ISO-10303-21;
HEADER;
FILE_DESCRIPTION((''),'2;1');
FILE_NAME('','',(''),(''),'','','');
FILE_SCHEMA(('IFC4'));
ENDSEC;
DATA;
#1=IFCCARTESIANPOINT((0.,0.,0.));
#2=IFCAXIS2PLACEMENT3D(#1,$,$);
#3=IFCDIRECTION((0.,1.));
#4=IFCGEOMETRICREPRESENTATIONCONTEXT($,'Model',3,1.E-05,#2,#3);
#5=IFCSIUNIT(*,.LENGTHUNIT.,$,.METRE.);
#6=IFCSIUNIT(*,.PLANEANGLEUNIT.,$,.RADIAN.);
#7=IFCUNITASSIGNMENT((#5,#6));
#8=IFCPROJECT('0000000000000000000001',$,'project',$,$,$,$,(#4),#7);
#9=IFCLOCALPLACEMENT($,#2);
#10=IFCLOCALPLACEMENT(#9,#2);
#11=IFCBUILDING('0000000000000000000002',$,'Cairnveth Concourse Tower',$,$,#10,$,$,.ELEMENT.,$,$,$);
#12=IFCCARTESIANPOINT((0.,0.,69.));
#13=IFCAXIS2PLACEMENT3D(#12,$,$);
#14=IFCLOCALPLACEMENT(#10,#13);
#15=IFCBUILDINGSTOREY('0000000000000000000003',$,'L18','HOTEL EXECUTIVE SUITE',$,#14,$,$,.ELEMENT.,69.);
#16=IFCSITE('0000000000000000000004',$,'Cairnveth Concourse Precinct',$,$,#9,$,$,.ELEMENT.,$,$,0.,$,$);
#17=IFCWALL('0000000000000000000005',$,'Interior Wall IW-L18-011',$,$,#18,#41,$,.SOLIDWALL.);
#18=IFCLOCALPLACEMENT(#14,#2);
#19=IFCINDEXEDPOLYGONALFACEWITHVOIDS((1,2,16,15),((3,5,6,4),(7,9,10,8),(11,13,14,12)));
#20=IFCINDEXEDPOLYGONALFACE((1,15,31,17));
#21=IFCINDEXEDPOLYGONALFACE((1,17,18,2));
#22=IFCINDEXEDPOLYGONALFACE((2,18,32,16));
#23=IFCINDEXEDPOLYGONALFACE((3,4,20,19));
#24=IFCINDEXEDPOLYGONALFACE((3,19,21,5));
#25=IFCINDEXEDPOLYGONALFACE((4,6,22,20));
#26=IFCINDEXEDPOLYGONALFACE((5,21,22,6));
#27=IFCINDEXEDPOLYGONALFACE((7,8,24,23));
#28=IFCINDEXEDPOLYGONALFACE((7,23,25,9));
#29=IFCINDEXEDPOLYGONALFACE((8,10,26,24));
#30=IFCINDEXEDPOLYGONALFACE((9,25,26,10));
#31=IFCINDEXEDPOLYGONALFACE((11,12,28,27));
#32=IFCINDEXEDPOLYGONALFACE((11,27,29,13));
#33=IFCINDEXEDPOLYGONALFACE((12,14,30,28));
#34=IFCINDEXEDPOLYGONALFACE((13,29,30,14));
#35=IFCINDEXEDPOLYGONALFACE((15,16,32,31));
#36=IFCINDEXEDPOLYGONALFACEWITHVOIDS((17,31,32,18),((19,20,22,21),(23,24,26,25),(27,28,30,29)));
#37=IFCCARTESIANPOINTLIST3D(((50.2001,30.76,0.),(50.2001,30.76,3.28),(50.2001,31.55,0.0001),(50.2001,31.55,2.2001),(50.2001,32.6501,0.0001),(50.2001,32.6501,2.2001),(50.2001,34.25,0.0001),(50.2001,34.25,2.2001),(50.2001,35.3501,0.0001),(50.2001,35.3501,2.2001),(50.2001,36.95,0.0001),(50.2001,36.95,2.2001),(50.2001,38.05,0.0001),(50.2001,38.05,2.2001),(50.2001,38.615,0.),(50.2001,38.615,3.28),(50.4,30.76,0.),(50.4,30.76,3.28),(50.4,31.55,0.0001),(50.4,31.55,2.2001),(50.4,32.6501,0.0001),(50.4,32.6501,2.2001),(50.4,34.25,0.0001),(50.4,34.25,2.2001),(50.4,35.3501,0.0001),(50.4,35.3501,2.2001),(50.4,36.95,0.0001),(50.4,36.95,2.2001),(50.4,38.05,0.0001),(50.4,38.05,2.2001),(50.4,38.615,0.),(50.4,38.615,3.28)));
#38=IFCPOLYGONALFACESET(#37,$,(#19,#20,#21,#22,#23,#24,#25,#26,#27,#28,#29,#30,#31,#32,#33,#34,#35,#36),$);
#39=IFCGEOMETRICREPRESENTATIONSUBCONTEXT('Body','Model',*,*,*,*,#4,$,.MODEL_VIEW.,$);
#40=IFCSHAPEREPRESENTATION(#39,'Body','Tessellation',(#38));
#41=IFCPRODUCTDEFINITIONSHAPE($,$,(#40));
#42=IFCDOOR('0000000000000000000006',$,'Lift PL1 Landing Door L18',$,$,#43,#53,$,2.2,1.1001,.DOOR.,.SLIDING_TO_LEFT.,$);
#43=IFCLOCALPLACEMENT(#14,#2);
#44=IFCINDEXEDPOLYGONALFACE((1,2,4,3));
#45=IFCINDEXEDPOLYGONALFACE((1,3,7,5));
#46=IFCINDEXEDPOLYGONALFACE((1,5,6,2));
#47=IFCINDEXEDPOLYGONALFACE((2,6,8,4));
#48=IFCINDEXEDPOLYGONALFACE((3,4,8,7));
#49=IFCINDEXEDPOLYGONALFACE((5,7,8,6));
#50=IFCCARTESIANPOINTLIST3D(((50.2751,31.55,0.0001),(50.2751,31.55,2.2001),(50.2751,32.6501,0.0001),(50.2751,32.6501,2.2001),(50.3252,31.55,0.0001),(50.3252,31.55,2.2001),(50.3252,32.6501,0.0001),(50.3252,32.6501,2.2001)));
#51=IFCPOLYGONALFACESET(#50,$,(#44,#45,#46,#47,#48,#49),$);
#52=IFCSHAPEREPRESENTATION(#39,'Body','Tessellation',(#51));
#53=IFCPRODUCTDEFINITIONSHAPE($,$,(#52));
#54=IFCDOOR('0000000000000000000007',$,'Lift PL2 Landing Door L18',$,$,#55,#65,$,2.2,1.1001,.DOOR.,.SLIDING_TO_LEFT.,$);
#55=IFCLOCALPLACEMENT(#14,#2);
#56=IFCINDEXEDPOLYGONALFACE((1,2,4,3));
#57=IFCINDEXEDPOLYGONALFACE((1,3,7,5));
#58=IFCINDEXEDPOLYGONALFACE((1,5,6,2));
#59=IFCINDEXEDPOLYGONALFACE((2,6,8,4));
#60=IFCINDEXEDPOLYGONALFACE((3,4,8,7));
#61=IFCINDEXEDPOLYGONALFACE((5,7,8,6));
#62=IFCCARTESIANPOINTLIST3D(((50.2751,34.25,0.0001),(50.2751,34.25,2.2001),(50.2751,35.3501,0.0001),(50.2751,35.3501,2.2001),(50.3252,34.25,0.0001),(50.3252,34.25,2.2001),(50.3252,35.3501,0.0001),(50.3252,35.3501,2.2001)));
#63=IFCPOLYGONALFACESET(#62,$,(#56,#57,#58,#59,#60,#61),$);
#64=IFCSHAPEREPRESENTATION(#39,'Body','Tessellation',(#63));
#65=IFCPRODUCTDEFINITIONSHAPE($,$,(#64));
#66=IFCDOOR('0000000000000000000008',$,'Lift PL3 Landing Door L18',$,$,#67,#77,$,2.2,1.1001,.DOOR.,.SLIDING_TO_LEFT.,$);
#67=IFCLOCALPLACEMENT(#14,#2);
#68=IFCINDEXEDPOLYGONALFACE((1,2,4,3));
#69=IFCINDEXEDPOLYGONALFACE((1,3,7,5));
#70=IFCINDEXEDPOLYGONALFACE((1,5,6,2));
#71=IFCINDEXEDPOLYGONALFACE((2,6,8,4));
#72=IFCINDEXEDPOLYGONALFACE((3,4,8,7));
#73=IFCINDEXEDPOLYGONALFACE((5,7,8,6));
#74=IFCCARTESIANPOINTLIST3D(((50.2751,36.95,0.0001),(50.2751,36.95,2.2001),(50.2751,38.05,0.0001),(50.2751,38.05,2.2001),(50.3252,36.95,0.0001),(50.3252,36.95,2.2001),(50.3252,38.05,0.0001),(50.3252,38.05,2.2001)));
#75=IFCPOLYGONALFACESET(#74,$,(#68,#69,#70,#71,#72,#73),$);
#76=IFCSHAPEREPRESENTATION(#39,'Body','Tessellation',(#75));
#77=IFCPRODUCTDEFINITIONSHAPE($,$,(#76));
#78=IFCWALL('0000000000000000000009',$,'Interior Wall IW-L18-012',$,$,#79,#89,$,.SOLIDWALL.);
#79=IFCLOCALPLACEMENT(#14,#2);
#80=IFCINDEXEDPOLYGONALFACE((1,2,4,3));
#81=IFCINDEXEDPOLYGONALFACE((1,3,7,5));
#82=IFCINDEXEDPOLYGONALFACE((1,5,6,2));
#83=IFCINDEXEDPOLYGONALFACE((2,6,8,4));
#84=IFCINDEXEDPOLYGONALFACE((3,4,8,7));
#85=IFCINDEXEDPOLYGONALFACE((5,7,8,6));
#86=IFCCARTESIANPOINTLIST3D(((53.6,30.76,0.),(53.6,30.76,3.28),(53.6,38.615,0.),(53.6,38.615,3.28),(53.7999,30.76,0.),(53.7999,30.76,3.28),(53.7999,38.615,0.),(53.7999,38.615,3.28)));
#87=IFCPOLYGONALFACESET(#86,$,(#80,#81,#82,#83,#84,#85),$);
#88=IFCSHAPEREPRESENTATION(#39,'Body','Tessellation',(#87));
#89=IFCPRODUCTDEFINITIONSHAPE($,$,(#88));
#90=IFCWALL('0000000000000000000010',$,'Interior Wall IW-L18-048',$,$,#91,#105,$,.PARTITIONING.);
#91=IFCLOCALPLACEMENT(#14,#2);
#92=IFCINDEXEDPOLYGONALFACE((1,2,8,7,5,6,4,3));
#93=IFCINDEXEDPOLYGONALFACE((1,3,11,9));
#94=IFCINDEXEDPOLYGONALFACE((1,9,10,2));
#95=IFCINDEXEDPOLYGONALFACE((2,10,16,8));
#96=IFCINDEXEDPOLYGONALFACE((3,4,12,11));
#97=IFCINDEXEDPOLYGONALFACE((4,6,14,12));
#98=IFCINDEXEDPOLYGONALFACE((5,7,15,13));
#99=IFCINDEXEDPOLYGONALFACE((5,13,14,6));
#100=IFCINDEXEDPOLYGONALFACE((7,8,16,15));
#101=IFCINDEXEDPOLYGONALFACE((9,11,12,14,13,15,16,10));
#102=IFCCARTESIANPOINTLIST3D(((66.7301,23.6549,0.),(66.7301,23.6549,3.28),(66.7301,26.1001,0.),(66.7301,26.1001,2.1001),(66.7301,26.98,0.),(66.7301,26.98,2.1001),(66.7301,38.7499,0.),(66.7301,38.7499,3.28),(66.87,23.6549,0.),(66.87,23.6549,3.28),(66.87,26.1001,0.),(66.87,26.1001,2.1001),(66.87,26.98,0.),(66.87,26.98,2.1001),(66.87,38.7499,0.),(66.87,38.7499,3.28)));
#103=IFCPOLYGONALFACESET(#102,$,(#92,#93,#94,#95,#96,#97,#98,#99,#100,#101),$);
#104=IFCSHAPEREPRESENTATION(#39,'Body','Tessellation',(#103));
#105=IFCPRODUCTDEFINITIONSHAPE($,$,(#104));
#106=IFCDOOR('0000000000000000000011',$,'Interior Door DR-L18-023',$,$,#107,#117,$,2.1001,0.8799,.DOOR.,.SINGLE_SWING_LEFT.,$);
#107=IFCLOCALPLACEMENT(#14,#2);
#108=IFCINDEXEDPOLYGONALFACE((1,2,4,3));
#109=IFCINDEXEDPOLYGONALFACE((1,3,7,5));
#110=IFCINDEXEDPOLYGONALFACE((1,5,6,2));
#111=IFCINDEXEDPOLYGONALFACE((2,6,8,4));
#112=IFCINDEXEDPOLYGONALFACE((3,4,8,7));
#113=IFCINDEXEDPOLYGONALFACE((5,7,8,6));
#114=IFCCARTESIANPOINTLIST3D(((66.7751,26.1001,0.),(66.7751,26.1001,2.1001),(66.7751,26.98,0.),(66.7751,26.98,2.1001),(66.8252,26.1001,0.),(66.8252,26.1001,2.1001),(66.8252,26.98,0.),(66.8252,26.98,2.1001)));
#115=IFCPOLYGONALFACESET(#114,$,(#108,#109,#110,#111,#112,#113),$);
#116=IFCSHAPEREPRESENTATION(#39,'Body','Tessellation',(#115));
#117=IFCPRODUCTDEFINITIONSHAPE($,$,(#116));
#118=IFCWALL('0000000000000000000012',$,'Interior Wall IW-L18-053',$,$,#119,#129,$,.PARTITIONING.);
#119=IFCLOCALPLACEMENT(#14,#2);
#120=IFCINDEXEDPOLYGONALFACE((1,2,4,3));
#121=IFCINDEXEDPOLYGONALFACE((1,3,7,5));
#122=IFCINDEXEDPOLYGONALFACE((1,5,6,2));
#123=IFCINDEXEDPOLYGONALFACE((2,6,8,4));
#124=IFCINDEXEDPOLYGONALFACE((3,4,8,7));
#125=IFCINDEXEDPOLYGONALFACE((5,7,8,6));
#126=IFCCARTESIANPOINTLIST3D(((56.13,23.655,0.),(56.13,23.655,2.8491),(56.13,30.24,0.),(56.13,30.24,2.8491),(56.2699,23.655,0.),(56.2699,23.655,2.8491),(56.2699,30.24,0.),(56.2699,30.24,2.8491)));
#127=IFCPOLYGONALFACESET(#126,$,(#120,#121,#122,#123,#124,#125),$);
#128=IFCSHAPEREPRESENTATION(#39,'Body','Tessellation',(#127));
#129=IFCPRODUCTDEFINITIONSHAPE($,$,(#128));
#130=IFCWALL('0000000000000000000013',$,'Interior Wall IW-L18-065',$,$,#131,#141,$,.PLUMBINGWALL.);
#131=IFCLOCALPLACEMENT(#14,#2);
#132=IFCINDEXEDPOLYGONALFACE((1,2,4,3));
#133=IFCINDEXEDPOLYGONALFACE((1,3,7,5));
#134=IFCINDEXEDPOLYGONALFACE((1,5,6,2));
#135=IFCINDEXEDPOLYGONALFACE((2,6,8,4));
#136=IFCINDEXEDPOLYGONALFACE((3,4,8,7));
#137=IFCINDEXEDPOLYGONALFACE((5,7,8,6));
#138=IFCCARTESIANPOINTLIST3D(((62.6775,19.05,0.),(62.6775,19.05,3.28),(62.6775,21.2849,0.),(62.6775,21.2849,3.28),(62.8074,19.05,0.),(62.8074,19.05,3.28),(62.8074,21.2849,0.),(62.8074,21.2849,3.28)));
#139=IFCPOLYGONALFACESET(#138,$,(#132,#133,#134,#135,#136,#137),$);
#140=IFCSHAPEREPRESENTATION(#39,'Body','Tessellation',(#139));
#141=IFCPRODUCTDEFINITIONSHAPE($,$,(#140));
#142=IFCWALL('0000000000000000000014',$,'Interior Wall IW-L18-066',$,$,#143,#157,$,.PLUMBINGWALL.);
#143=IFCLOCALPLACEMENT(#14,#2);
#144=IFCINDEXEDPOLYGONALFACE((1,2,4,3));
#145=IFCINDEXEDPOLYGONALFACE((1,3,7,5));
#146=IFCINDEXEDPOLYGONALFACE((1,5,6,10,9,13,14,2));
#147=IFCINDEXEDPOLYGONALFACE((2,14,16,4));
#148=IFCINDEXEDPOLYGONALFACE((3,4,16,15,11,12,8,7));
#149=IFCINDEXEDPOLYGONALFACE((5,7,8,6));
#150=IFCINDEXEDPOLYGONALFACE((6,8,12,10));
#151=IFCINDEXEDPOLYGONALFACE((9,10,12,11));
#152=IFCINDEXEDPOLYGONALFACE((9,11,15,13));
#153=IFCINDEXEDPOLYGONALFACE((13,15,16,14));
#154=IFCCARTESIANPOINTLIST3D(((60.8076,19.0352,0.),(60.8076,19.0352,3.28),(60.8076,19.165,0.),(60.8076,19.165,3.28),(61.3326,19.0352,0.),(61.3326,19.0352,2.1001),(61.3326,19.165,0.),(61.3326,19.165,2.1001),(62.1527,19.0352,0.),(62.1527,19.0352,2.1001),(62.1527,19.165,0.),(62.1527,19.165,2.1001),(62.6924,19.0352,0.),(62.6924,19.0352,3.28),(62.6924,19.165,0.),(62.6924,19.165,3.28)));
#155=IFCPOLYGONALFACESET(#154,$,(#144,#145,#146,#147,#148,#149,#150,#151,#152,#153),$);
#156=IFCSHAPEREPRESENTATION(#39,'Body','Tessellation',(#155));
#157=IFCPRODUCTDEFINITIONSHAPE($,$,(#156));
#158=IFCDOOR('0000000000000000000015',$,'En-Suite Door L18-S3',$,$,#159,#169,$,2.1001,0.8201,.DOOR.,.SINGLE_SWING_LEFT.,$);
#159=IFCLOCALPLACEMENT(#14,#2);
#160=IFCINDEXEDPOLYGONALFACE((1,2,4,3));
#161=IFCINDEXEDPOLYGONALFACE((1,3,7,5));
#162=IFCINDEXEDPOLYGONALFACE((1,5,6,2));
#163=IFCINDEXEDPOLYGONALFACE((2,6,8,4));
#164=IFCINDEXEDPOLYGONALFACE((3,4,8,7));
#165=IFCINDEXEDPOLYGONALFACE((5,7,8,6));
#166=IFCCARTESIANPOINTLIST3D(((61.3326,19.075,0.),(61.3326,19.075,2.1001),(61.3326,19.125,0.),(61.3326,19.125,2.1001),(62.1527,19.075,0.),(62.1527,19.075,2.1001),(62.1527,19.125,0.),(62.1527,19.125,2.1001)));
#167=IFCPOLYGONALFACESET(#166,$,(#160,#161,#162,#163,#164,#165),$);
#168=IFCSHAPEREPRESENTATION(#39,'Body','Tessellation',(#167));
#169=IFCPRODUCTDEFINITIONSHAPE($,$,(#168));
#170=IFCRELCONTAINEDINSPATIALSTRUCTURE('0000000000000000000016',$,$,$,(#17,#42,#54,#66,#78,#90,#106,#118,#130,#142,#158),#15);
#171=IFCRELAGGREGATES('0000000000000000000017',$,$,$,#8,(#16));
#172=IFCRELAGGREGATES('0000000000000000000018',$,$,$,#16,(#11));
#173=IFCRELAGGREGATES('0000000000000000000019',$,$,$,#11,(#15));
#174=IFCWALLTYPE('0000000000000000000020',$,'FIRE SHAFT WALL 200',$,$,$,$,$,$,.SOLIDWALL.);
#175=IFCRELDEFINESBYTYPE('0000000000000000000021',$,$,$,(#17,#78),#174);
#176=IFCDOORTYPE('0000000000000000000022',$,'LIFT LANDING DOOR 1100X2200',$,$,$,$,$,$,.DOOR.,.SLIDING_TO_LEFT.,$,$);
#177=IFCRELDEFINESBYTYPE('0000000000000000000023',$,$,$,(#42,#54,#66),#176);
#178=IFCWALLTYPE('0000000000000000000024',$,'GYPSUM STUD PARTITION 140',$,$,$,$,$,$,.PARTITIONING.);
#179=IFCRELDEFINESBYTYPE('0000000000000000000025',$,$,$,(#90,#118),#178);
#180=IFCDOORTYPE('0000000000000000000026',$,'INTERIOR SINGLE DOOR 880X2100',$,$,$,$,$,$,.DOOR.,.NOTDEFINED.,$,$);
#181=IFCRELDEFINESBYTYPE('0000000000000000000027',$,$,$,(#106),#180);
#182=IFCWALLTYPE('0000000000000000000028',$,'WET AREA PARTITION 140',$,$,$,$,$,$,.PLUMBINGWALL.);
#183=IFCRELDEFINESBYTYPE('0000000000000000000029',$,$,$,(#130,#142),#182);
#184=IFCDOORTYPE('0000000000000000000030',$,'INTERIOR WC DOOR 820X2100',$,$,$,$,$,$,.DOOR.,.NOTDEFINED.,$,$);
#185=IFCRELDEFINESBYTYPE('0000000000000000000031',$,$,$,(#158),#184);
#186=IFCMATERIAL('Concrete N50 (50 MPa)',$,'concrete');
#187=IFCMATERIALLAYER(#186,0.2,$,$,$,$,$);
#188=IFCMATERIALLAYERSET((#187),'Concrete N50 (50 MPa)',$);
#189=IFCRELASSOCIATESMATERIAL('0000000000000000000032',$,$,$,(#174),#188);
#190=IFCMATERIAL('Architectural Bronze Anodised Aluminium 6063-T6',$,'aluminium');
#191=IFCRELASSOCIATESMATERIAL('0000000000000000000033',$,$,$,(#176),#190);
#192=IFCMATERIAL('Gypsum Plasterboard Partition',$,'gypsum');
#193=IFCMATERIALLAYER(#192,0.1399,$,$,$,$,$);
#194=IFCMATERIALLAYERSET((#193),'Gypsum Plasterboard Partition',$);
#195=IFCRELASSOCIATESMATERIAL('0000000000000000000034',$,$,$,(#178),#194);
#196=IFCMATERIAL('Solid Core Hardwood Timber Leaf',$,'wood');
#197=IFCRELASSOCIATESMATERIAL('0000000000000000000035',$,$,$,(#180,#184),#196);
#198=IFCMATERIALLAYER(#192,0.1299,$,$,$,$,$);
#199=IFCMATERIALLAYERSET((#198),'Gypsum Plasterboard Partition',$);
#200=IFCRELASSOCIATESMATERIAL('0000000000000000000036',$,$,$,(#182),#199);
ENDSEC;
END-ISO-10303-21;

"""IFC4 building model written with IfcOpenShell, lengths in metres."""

from ifc_helpers import new_model, si_unit, direction, frame, frame_2d, origin, place, context, subcontext, project, spatial, rectangle, extrude, material, layer, layer_set, type_object, element, fill, save


model = new_model("IFC4")

# Units and contexts
model_context = context("Model", 3, precision=1e-05, world=origin(), true_north=direction((0.0, 1.0)))
body_context = subcontext(model_context, "Body", "Model", "MODEL_VIEW")
ifc_project = project(units=[si_unit("LENGTHUNIT", "METRE"), si_unit("PLANEANGLEUNIT", "RADIAN")], contexts=[model_context])

# Site, building, storey
site_placement = place(None, origin())
site = spatial("IfcSite", under=ifc_project, at=site_placement, Name="Cairnveth Concourse Precinct", CompositionType="ELEMENT", RefElevation=0.0)
building_placement = place(site_placement, origin())
building = spatial("IfcBuilding", under=site, at=building_placement, Name="Cairnveth Concourse Tower", CompositionType="ELEMENT")
storey_placement = place(building_placement, frame((0.0, 0.0, 69.0)))
storey = spatial("IfcBuildingStorey", under=building, at=storey_placement, Name="L18", Description="HOTEL EXECUTIVE SUITE", CompositionType="ELEMENT", Elevation=69.0)

# Shared definitions
ifc_material_1 = material(Name="Gypsum Plasterboard Partition", Category="gypsum")

# Wall, openings, doors
ifc_material_2 = material(Name="Concrete N50 (50 MPa)", Category="concrete")
ifc_layer_1 = layer(ifc_material_2, 0.2)
ifc_layer_set_1 = layer_set([ifc_layer_1], Name="Concrete N50 (50 MPa)")
wall_type_1 = type_object("IfcWallType", Name="FIRE SHAFT WALL 200", PredefinedType="SOLIDWALL", material=ifc_layer_set_1)
wall_1_placement = place(storey_placement, frame((50.3, 30.76, 0.0), z_axis=(0.0, 0.0, 1.0), x_axis=(0.0, 1.0, 0.0)))
wall_1 = element("IfcWall", 1, at=wall_1_placement, inside=storey, type_object=wall_type_1, Name="Interior Wall IW-L18-011", PredefinedType="SOLIDWALL", context=body_context, shape_type="SweptSolid", body=[
    extrude(rectangle(XDim=7.855, YDim=0.2, at=frame_2d((3.9275, 0.0))), origin(), (0.0, 0.0, 1.0), 3.28),
])
opening_1_placement = place(wall_1_placement, frame((0.79, 0.0, 0.0)))
opening_1 = element("IfcOpeningElement", 2, at=opening_1_placement, cuts=wall_1, PredefinedType="OPENING", context=body_context, shape_type="SweptSolid", body=[
    extrude(rectangle(XDim=1.1001, YDim=2.2, at=frame_2d((0.55, 1.1001))), frame((0.0, 0.1099, 0.0), z_axis=(0.0, -1.0, 0.0), x_axis=(1.0, 0.0, 0.0)), (0.0, 0.0, 1.0), 0.22),
])
opening_2_placement = place(wall_1_placement, frame((3.49, 0.0, 0.0)))
opening_2 = element("IfcOpeningElement", 3, at=opening_2_placement, cuts=wall_1, PredefinedType="OPENING", context=body_context, shape_type="SweptSolid", body=[
    extrude(rectangle(XDim=1.1001, YDim=2.2, at=frame_2d((0.55, 1.1001))), frame((0.0, 0.1099, 0.0), z_axis=(0.0, -1.0, 0.0), x_axis=(1.0, 0.0, 0.0)), (0.0, 0.0, 1.0), 0.22),
])
opening_3_placement = place(wall_1_placement, frame((6.1899, 0.0, 0.0)))
opening_3 = element("IfcOpeningElement", 4, at=opening_3_placement, cuts=wall_1, PredefinedType="OPENING", context=body_context, shape_type="SweptSolid", body=[
    extrude(rectangle(XDim=1.1001, YDim=2.2, at=frame_2d((0.55, 1.1001))), frame((0.0, 0.1099, 0.0), z_axis=(0.0, -1.0, 0.0), x_axis=(1.0, 0.0, 0.0)), (0.0, 0.0, 1.0), 0.22),
])
ifc_material_3 = material(Name="Architectural Bronze Anodised Aluminium 6063-T6", Category="aluminium")
door_type_1 = type_object("IfcDoorType", Name="LIFT LANDING DOOR 1100X2200", OperationType="SLIDING_TO_LEFT", PredefinedType="DOOR", material=ifc_material_3)
door_1_placement = place(opening_1_placement, origin())
door_1 = element("IfcDoor", 5, at=door_1_placement, inside=storey, type_object=door_type_1, Name="Lift PL1 Landing Door L18", OperationType="SLIDING_TO_LEFT", OverallHeight=2.2, OverallWidth=1.1001, PredefinedType="DOOR", context=body_context, shape_type="SweptSolid", body=[
    extrude(rectangle(XDim=1.1001, YDim=2.2, at=frame_2d((0.55, 1.1001))), frame((0.0, 0.0249, 0.0), z_axis=(0.0, -1.0, 0.0), x_axis=(1.0, 0.0, 0.0)), (0.0, 0.0, 1.0), 0.05),
])
fill(opening_1, door_1)
door_2_placement = place(opening_2_placement, origin())
door_2 = element("IfcDoor", 6, at=door_2_placement, inside=storey, type_object=door_type_1, Name="Lift PL2 Landing Door L18", OperationType="SLIDING_TO_LEFT", OverallHeight=2.2, OverallWidth=1.1001, PredefinedType="DOOR", context=body_context, shape_type="SweptSolid", body=[
    extrude(rectangle(XDim=1.1001, YDim=2.2, at=frame_2d((0.55, 1.1001))), frame((0.0, 0.0249, 0.0), z_axis=(0.0, -1.0, 0.0), x_axis=(1.0, 0.0, 0.0)), (0.0, 0.0, 1.0), 0.05),
])
fill(opening_2, door_2)
door_3_placement = place(opening_3_placement, origin())
door_3 = element("IfcDoor", 7, at=door_3_placement, inside=storey, type_object=door_type_1, Name="Lift PL3 Landing Door L18", OperationType="SLIDING_TO_LEFT", OverallHeight=2.2, OverallWidth=1.1001, PredefinedType="DOOR", context=body_context, shape_type="SweptSolid", body=[
    extrude(rectangle(XDim=1.1001, YDim=2.2, at=frame_2d((0.55, 1.1001))), frame((0.0, 0.0249, 0.0), z_axis=(0.0, -1.0, 0.0), x_axis=(1.0, 0.0, 0.0)), (0.0, 0.0, 1.0), 0.05),
])
fill(opening_3, door_3)

# Wall
wall_2_placement = place(storey_placement, frame((53.7, 30.76, 0.0), z_axis=(0.0, 0.0, 1.0), x_axis=(0.0, 1.0, 0.0)))
element("IfcWall", 8, at=wall_2_placement, inside=storey, type_object=wall_type_1, Name="Interior Wall IW-L18-012", PredefinedType="SOLIDWALL", context=body_context, shape_type="SweptSolid", body=[
    extrude(rectangle(XDim=7.855, YDim=0.2, at=frame_2d((3.9275, 0.0))), origin(), (0.0, 0.0, 1.0), 3.28),
])

# Wall, opening, door
ifc_layer_2 = layer(ifc_material_1, 0.1399)
ifc_layer_set_2 = layer_set([ifc_layer_2], Name="Gypsum Plasterboard Partition")
wall_type_2 = type_object("IfcWallType", Name="GYPSUM STUD PARTITION 140", PredefinedType="PARTITIONING", material=ifc_layer_set_2)
wall_3_placement = place(storey_placement, frame((66.8, 23.655, 0.0), z_axis=(0.0, 0.0, 1.0), x_axis=(0.0, 1.0, 0.0)))
wall_3 = element("IfcWall", 9, at=wall_3_placement, inside=storey, type_object=wall_type_2, Name="Interior Wall IW-L18-048", PredefinedType="PARTITIONING", context=body_context, shape_type="SweptSolid", body=[
    extrude(rectangle(XDim=15.095, YDim=0.1399, at=frame_2d((7.5474, 0.0))), origin(), (0.0, 0.0, 1.0), 3.28),
])
opening_4_placement = place(wall_3_placement, frame((2.4451, 0.0, 0.0)))
opening_4 = element("IfcOpeningElement", 10, at=opening_4_placement, cuts=wall_3, PredefinedType="OPENING", context=body_context, shape_type="SweptSolid", body=[
    extrude(rectangle(XDim=0.8799, YDim=2.1001, at=frame_2d((0.4399, 1.05))), frame((0.0, 0.0798, 0.0), z_axis=(0.0, -1.0, 0.0), x_axis=(1.0, 0.0, 0.0)), (0.0, 0.0, 1.0), 0.1599),
])
ifc_material_4 = material(Name="Solid Core Hardwood Timber Leaf", Category="wood")
door_type_2 = type_object("IfcDoorType", Name="INTERIOR SINGLE DOOR 880X2100", OperationType="NOTDEFINED", PredefinedType="DOOR", material=ifc_material_4)
door_4_placement = place(opening_4_placement, origin())
door_4 = element("IfcDoor", 11, at=door_4_placement, inside=storey, type_object=door_type_2, Name="Interior Door DR-L18-023", OperationType="SINGLE_SWING_LEFT", OverallHeight=2.1001, OverallWidth=0.8799, PredefinedType="DOOR", context=body_context, shape_type="SweptSolid", body=[
    extrude(rectangle(XDim=0.8799, YDim=2.1001, at=frame_2d((0.4399, 1.05))), frame((0.0, 0.0249, 0.0), z_axis=(0.0, -1.0, 0.0), x_axis=(1.0, 0.0, 0.0)), (0.0, 0.0, 1.0), 0.05),
])
fill(opening_4, door_4)

# Walls
wall_4_placement = place(storey_placement, frame((56.2, 23.655, 0.0), z_axis=(0.0, 0.0, 1.0), x_axis=(0.0, 1.0, 0.0)))
element("IfcWall", 12, at=wall_4_placement, inside=storey, type_object=wall_type_2, Name="Interior Wall IW-L18-053", PredefinedType="PARTITIONING", context=body_context, shape_type="SweptSolid", body=[
    extrude(rectangle(XDim=6.585, YDim=0.1399, at=frame_2d((3.2925, 0.0))), origin(), (0.0, 0.0, 1.0), 2.8491),
])
ifc_layer_3 = layer(ifc_material_1, 0.1299)
ifc_layer_set_3 = layer_set([ifc_layer_3], Name="Gypsum Plasterboard Partition")
wall_type_3 = type_object("IfcWallType", Name="WET AREA PARTITION 140", PredefinedType="PLUMBINGWALL", material=ifc_layer_set_3)
wall_5_placement = place(storey_placement, frame((62.7424, 19.05, 0.0), z_axis=(0.0, 0.0, 1.0), x_axis=(0.0, 1.0, 0.0)))
element("IfcWall", 13, at=wall_5_placement, inside=storey, type_object=wall_type_3, Name="Interior Wall IW-L18-065", PredefinedType="PLUMBINGWALL", context=body_context, shape_type="SweptSolid", body=[
    extrude(rectangle(XDim=2.2349, YDim=0.1299, at=frame_2d((1.1174, 0.0))), origin(), (0.0, 0.0, 1.0), 3.28),
])

# Wall, opening, door
wall_6_placement = place(storey_placement, frame((60.8076, 19.1001, 0.0), z_axis=(0.0, 0.0, 1.0), x_axis=(1.0, 0.0, 0.0)))
wall_6 = element("IfcWall", 14, at=wall_6_placement, inside=storey, type_object=wall_type_3, Name="Interior Wall IW-L18-066", PredefinedType="PLUMBINGWALL", context=body_context, shape_type="SweptSolid", body=[
    extrude(rectangle(XDim=1.8848, YDim=0.1299, at=frame_2d((0.9424, 0.0))), origin(), (0.0, 0.0, 1.0), 3.28),
])
opening_5_placement = place(wall_6_placement, frame((0.5249, 0.0, 0.0)))
opening_5 = element("IfcOpeningElement", 15, at=opening_5_placement, cuts=wall_6, PredefinedType="OPENING", context=body_context, shape_type="SweptSolid", body=[
    extrude(rectangle(XDim=0.8201, YDim=2.1001, at=frame_2d((0.4102, 1.05))), frame((0.0, 0.075, 0.0), z_axis=(0.0, -1.0, 0.0), x_axis=(1.0, 0.0, 0.0)), (0.0, 0.0, 1.0), 0.1499),
])
door_type_3 = type_object("IfcDoorType", Name="INTERIOR WC DOOR 820X2100", OperationType="NOTDEFINED", PredefinedType="DOOR", material=ifc_material_4)
door_5_placement = place(opening_5_placement, origin())
door_5 = element("IfcDoor", 16, at=door_5_placement, inside=storey, type_object=door_type_3, Name="En-Suite Door L18-S3", OperationType="SINGLE_SWING_LEFT", OverallHeight=2.1001, OverallWidth=0.8201, PredefinedType="DOOR", context=body_context, shape_type="SweptSolid", body=[
    extrude(rectangle(XDim=0.8201, YDim=2.1001, at=frame_2d((0.4102, 1.05))), frame((0.0, 0.0249, 0.0), z_axis=(0.0, -1.0, 0.0), x_axis=(1.0, 0.0, 0.0)), (0.0, 0.0, 1.0), 0.05),
])
fill(opening_5, door_5)

save(model, "model.ifc")
